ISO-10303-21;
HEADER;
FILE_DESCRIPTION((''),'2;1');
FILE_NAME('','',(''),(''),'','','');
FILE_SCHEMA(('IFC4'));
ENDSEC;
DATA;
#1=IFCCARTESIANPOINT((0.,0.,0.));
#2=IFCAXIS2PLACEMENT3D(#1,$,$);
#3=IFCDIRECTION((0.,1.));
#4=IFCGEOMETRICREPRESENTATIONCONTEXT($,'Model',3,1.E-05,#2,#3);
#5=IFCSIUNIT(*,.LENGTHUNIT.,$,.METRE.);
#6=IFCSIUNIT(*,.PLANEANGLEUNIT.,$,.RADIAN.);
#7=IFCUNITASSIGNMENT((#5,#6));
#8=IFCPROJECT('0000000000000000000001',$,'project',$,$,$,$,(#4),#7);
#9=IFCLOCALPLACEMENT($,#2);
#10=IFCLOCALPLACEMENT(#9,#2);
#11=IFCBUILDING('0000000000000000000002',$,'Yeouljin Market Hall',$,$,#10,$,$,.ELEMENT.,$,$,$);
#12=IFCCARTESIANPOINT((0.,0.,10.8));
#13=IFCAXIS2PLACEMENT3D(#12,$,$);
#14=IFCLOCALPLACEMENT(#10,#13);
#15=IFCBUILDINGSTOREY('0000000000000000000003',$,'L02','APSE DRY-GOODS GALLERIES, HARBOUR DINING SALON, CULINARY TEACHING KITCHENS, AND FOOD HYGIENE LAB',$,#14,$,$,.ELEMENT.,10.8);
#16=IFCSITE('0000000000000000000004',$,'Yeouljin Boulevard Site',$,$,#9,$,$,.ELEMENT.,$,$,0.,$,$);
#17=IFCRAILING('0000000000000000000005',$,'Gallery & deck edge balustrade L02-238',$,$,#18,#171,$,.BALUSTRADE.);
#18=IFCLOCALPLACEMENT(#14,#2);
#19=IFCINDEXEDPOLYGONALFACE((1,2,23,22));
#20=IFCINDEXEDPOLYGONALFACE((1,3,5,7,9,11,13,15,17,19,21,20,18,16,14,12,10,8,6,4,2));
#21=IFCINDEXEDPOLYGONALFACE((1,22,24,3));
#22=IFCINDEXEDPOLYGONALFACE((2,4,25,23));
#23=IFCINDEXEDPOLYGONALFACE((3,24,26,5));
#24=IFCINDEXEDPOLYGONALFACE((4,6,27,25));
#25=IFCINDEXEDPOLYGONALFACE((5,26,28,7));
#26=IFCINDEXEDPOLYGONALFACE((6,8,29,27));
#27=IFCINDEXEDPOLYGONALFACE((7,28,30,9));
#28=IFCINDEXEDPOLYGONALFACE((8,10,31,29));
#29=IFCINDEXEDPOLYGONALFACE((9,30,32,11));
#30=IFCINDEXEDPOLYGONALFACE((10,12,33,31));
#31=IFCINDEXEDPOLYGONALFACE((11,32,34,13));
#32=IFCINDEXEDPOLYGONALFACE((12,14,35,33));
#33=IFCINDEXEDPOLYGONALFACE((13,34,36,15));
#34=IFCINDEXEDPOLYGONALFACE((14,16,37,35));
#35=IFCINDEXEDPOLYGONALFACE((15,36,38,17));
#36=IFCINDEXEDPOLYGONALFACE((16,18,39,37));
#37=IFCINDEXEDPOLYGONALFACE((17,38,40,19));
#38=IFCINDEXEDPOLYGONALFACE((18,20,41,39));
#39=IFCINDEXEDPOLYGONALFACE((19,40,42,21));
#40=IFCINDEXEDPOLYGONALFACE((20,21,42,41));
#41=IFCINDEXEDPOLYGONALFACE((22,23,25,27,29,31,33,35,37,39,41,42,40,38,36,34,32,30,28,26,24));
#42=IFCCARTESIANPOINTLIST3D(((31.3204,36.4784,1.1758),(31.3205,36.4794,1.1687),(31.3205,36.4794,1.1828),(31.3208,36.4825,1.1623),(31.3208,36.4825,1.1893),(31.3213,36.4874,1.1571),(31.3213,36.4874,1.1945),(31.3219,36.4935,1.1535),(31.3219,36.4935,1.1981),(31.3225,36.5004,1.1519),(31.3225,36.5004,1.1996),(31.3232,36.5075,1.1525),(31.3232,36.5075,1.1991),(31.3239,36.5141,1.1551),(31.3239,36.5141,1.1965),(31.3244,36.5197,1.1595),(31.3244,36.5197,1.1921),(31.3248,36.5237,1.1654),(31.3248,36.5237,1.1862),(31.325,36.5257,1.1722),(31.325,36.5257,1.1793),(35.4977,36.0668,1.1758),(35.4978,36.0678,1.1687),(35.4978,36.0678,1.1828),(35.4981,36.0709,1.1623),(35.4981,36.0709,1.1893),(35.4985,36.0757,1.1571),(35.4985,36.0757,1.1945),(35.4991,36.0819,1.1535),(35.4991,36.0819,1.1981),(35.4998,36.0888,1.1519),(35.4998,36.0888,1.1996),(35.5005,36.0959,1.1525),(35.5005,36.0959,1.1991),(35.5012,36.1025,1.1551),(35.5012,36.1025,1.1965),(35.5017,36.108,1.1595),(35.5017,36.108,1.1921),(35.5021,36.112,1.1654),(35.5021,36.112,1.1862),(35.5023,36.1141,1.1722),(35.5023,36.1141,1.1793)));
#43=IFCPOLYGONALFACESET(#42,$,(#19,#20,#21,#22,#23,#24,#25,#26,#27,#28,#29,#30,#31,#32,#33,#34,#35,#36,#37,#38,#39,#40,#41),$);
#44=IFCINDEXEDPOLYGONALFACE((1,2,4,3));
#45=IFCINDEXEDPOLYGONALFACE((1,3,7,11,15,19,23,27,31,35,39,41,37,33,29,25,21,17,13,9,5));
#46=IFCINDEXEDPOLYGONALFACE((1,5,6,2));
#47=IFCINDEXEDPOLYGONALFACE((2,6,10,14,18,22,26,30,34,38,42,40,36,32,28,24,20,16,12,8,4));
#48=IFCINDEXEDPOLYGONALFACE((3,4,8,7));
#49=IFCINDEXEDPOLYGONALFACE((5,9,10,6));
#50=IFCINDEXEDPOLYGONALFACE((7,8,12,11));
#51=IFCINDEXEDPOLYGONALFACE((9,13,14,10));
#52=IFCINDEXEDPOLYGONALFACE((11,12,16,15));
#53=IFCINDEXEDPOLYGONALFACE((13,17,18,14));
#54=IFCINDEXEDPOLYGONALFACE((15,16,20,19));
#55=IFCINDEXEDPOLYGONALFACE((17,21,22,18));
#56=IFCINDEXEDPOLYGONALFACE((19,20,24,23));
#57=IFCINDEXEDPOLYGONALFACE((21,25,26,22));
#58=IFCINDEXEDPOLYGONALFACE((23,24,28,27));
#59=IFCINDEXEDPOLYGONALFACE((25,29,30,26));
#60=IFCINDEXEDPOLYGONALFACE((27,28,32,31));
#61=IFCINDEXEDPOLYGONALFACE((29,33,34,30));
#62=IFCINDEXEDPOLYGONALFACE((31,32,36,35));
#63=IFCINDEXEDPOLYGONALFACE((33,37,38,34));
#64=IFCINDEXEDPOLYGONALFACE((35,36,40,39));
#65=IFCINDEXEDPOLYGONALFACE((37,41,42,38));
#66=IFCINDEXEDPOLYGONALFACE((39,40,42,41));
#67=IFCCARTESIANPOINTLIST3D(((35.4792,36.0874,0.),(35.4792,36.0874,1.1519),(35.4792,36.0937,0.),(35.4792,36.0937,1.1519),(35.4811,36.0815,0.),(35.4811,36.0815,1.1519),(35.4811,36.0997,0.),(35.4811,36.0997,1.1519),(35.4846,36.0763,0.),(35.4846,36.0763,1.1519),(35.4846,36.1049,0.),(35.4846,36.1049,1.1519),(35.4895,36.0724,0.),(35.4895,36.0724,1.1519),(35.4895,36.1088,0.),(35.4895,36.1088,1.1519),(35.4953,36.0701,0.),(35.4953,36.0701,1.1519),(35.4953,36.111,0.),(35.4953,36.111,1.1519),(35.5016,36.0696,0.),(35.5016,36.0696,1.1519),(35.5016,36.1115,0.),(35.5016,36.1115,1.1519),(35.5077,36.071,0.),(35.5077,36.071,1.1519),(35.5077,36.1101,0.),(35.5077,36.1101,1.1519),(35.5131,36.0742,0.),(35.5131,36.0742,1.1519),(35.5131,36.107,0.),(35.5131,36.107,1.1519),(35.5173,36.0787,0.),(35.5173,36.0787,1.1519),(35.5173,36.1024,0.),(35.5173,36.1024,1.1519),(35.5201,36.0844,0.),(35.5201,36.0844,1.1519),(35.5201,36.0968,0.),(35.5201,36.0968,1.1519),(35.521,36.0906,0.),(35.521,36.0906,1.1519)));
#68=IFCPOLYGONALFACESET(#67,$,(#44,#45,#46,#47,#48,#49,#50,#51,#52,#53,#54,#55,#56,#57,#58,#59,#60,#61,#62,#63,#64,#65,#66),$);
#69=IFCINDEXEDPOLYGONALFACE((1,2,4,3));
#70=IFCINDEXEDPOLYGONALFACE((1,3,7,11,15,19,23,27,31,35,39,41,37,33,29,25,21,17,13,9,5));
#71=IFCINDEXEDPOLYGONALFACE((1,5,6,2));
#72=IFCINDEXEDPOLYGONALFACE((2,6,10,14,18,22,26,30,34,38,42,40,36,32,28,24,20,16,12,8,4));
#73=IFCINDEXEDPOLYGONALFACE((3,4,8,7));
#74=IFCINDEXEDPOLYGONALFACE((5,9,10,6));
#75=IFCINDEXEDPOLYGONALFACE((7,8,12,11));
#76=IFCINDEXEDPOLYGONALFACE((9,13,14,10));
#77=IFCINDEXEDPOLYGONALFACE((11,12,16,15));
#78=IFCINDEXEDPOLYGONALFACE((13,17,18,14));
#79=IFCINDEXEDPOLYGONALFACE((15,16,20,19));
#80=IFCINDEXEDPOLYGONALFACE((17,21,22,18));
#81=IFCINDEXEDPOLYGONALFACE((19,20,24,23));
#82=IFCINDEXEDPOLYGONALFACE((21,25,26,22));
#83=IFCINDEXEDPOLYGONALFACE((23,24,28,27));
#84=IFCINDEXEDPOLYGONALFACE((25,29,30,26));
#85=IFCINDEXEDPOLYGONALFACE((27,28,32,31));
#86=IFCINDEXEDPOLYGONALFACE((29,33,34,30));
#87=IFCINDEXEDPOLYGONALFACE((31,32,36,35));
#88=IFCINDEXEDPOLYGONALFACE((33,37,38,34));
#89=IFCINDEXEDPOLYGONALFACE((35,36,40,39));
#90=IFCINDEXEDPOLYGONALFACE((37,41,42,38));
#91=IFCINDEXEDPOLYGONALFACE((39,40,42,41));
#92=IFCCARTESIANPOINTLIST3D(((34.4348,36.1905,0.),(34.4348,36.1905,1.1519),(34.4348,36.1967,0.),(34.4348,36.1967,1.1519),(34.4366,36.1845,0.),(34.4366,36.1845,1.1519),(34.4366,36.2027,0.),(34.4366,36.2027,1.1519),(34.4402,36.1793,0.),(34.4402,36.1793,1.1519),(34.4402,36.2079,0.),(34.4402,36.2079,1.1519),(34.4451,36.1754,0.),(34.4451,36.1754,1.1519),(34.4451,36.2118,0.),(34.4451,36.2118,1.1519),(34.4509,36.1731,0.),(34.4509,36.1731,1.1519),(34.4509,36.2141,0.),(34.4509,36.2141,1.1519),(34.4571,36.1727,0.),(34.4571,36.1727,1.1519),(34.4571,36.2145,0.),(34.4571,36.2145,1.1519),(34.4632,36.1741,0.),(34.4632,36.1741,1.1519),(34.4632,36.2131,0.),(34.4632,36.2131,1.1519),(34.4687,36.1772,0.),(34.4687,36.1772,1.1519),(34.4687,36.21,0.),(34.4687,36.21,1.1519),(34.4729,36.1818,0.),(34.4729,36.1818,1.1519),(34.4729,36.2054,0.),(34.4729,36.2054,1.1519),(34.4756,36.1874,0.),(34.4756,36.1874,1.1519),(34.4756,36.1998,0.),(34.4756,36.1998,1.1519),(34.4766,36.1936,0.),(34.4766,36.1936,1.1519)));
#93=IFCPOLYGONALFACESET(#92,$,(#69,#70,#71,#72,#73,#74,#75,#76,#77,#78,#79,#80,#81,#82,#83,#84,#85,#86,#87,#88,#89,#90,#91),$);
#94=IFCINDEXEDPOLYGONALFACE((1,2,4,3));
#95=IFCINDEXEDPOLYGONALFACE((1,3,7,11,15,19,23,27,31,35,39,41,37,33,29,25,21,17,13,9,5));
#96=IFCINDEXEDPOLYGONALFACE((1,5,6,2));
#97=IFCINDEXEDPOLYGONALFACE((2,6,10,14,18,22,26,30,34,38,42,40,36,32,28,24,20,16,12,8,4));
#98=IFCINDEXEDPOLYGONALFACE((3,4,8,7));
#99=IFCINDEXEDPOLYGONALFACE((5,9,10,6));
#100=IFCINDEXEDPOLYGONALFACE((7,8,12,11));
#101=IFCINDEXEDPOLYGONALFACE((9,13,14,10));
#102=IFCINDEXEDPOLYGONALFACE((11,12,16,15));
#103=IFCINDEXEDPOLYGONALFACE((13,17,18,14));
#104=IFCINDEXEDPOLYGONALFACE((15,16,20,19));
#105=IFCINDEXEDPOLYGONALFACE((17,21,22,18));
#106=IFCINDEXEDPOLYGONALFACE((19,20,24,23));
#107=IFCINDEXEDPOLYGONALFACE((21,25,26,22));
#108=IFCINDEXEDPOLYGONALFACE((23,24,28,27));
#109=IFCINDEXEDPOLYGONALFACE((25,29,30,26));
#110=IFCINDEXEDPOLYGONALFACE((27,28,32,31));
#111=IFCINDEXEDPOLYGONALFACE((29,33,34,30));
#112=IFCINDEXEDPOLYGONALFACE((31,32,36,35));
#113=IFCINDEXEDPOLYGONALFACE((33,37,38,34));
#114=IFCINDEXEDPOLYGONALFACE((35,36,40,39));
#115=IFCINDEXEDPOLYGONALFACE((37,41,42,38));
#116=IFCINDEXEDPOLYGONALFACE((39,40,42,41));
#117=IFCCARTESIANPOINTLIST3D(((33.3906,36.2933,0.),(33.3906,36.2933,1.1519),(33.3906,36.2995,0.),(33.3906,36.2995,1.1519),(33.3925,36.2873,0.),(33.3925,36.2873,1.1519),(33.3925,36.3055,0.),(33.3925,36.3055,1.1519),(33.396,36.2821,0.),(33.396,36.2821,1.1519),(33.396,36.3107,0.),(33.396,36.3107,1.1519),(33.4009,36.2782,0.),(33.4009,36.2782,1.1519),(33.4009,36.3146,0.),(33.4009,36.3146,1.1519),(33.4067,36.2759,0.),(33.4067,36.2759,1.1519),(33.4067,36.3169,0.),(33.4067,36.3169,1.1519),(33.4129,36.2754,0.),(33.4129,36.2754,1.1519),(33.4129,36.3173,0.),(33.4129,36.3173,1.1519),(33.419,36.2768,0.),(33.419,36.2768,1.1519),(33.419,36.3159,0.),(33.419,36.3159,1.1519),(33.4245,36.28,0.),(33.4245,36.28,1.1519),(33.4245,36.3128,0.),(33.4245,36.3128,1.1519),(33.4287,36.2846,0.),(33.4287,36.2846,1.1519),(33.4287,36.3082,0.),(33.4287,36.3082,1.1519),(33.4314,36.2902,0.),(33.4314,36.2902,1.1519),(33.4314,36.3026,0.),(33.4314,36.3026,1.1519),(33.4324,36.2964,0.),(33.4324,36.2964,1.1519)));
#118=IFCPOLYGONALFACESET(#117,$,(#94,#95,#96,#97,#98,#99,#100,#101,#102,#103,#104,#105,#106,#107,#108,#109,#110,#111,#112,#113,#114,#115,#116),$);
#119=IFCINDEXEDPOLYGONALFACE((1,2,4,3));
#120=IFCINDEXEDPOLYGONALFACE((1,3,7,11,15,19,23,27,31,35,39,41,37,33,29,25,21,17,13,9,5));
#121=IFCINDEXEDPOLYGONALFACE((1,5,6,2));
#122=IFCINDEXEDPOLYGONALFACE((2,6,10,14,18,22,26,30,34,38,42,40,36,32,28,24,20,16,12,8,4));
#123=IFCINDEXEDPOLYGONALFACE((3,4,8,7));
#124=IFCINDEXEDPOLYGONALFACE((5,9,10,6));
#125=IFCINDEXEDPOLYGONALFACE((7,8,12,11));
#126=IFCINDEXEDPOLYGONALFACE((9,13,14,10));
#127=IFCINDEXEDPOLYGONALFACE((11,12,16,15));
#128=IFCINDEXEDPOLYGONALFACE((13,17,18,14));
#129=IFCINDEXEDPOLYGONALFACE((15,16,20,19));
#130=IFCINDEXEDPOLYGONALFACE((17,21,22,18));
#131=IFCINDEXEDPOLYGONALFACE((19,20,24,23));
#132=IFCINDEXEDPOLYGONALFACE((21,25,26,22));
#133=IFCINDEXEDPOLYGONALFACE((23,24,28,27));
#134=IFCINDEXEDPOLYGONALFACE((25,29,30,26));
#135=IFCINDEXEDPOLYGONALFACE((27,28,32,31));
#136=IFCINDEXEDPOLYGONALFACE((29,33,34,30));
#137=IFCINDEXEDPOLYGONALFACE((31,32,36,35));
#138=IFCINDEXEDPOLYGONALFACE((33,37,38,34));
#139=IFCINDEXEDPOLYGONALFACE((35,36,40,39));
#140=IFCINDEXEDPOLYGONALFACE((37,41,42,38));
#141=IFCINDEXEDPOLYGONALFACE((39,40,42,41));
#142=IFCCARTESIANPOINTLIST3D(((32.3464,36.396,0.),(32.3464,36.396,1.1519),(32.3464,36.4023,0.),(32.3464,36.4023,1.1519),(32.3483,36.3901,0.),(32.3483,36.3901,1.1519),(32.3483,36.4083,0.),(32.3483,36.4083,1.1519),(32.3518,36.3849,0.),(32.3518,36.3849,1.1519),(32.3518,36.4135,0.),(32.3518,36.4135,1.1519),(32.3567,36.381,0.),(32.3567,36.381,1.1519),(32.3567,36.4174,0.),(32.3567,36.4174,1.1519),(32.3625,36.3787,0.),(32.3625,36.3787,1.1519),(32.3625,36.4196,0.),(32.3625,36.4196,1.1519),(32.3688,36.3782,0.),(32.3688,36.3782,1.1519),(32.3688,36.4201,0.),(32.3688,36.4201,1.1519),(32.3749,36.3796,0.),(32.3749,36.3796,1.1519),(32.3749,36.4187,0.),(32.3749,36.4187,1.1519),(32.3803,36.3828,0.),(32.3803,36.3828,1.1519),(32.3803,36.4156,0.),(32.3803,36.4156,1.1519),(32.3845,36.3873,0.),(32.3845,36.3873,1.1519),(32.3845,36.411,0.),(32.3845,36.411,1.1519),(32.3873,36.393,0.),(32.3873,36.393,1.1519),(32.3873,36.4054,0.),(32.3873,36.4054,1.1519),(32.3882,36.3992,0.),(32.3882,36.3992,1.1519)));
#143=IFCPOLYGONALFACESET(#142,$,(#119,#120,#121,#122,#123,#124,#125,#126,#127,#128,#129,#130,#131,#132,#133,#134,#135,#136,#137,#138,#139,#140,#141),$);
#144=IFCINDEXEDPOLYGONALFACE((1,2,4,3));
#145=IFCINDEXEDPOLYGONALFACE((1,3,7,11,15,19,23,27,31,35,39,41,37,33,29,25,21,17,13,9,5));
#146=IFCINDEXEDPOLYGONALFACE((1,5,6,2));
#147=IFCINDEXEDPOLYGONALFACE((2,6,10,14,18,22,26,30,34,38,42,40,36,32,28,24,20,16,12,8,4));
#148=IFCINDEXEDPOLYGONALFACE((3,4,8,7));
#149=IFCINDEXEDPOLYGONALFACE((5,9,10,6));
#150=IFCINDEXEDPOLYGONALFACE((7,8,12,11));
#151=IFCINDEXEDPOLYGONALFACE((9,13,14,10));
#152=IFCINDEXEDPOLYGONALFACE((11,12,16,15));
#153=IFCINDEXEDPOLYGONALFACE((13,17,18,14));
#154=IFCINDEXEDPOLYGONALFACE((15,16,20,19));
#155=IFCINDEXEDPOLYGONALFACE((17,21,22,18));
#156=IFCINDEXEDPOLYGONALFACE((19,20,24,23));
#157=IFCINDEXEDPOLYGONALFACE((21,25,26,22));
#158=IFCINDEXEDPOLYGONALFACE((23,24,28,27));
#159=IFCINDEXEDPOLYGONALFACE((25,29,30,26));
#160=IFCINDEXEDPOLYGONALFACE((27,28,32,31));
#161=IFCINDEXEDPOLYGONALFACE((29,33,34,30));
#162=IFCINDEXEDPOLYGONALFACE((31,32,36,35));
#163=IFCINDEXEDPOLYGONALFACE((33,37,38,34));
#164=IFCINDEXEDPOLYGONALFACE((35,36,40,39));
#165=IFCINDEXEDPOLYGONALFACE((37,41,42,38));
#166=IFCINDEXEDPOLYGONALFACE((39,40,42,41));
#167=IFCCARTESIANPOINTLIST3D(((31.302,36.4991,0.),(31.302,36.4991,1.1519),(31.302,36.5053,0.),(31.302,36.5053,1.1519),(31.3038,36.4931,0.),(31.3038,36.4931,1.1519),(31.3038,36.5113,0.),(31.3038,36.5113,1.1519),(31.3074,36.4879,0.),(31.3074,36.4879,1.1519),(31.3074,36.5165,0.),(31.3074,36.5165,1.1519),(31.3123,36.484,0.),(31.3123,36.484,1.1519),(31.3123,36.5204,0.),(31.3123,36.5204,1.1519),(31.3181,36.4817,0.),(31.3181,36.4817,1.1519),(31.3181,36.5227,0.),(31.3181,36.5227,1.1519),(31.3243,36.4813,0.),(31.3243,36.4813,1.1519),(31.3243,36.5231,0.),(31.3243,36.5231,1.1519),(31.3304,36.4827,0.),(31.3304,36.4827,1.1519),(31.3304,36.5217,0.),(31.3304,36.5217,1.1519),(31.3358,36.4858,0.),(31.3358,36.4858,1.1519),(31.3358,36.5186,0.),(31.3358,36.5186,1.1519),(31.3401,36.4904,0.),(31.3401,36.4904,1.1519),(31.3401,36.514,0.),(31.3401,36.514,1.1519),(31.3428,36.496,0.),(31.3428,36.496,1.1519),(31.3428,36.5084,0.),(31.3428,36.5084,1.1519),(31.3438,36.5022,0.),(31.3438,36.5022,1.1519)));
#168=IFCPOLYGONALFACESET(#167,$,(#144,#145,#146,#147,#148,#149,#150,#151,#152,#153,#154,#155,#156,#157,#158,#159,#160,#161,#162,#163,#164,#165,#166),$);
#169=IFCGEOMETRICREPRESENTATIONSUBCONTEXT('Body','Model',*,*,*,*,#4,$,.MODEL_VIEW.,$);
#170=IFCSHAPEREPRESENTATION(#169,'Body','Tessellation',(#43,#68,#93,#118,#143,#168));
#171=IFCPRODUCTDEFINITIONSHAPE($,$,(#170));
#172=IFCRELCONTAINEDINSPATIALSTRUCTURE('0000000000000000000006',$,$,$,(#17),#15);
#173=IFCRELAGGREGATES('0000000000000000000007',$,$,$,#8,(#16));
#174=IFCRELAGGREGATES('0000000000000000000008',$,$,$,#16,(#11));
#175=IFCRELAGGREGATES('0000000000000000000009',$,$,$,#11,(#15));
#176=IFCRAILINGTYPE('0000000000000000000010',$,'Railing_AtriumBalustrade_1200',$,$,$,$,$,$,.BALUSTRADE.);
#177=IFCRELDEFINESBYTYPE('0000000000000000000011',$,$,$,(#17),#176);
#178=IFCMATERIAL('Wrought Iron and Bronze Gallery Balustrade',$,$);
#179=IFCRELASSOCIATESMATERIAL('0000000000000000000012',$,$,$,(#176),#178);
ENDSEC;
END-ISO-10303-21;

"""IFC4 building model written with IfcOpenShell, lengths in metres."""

from ifc_helpers import new_model, si_unit, direction, frame, origin, origin_2d, place, context, subcontext, project, spatial, circle, extrude, material, type_object, element, save


model = new_model("IFC4")

# Units and contexts
model_context = context("Model", 3, precision=1e-05, world=origin(), true_north=direction((0.0, 1.0)))
body_context = subcontext(model_context, "Body", "Model", "MODEL_VIEW")
ifc_project = project(units=[si_unit("LENGTHUNIT", "METRE"), si_unit("PLANEANGLEUNIT", "RADIAN")], contexts=[model_context])

# Site, building, storey
site_placement = place(None, origin())
site = spatial("IfcSite", under=ifc_project, at=site_placement, Name="Yeouljin Boulevard Site", CompositionType="ELEMENT", RefElevation=0.0)
building_placement = place(site_placement, origin())
building = spatial("IfcBuilding", under=site, at=building_placement, Name="Yeouljin Market Hall", CompositionType="ELEMENT")
storey_placement = place(building_placement, frame((0.0, 0.0, 10.8)))
storey = spatial("IfcBuildingStorey", under=building, at=storey_placement, Name="L02", Description="APSE DRY-GOODS GALLERIES, HARBOUR DINING SALON, CULINARY TEACHING KITCHENS, AND FOOD HYGIENE LAB", CompositionType="ELEMENT", Elevation=10.8)

# Railing
ifc_material_1 = material(Name="Wrought Iron and Bronze Gallery Balustrade")
railing_type = type_object("IfcRailingType", Name="Railing_AtriumBalustrade_1200", PredefinedType="BALUSTRADE", material=ifc_material_1)
railing_1_placement = place(storey_placement, frame((35.5, 36.0906, 0.0)))
element("IfcRailing", 1, at=railing_1_placement, inside=storey, type_object=railing_type, Name="Gallery & deck edge balustrade L02-238", PredefinedType="BALUSTRADE", context=body_context, shape_type="SweptSolid", body=[
    extrude(circle(Radius=0.0239, at=origin_2d()), frame((0.0, 0.0, 1.1758), z_axis=(-0.99518, 0.098064, 0.0), x_axis=(-0.098064, -0.99518, 0.0)), (0.0, 0.0, 1.0), 4.1975),
    extrude(circle(Radius=0.021, at=origin_2d()), origin(), (0.0, 0.0, 1.0), 1.1519),
    extrude(circle(Radius=0.021, at=origin_2d()), frame((-1.0444, 0.103, 0.0)), (0.0, 0.0, 1.0), 1.1519),
    extrude(circle(Radius=0.021, at=origin_2d()), frame((-2.0886, 0.2058, 0.0)), (0.0, 0.0, 1.0), 1.1519),
    extrude(circle(Radius=0.021, at=origin_2d()), frame((-3.1328, 0.3086, 0.0)), (0.0, 0.0, 1.0), 1.1519),
    extrude(circle(Radius=0.021, at=origin_2d()), frame((-4.1772, 0.4116, 0.0)), (0.0, 0.0, 1.0), 1.1519),
])

save(model, "model.ifc")
